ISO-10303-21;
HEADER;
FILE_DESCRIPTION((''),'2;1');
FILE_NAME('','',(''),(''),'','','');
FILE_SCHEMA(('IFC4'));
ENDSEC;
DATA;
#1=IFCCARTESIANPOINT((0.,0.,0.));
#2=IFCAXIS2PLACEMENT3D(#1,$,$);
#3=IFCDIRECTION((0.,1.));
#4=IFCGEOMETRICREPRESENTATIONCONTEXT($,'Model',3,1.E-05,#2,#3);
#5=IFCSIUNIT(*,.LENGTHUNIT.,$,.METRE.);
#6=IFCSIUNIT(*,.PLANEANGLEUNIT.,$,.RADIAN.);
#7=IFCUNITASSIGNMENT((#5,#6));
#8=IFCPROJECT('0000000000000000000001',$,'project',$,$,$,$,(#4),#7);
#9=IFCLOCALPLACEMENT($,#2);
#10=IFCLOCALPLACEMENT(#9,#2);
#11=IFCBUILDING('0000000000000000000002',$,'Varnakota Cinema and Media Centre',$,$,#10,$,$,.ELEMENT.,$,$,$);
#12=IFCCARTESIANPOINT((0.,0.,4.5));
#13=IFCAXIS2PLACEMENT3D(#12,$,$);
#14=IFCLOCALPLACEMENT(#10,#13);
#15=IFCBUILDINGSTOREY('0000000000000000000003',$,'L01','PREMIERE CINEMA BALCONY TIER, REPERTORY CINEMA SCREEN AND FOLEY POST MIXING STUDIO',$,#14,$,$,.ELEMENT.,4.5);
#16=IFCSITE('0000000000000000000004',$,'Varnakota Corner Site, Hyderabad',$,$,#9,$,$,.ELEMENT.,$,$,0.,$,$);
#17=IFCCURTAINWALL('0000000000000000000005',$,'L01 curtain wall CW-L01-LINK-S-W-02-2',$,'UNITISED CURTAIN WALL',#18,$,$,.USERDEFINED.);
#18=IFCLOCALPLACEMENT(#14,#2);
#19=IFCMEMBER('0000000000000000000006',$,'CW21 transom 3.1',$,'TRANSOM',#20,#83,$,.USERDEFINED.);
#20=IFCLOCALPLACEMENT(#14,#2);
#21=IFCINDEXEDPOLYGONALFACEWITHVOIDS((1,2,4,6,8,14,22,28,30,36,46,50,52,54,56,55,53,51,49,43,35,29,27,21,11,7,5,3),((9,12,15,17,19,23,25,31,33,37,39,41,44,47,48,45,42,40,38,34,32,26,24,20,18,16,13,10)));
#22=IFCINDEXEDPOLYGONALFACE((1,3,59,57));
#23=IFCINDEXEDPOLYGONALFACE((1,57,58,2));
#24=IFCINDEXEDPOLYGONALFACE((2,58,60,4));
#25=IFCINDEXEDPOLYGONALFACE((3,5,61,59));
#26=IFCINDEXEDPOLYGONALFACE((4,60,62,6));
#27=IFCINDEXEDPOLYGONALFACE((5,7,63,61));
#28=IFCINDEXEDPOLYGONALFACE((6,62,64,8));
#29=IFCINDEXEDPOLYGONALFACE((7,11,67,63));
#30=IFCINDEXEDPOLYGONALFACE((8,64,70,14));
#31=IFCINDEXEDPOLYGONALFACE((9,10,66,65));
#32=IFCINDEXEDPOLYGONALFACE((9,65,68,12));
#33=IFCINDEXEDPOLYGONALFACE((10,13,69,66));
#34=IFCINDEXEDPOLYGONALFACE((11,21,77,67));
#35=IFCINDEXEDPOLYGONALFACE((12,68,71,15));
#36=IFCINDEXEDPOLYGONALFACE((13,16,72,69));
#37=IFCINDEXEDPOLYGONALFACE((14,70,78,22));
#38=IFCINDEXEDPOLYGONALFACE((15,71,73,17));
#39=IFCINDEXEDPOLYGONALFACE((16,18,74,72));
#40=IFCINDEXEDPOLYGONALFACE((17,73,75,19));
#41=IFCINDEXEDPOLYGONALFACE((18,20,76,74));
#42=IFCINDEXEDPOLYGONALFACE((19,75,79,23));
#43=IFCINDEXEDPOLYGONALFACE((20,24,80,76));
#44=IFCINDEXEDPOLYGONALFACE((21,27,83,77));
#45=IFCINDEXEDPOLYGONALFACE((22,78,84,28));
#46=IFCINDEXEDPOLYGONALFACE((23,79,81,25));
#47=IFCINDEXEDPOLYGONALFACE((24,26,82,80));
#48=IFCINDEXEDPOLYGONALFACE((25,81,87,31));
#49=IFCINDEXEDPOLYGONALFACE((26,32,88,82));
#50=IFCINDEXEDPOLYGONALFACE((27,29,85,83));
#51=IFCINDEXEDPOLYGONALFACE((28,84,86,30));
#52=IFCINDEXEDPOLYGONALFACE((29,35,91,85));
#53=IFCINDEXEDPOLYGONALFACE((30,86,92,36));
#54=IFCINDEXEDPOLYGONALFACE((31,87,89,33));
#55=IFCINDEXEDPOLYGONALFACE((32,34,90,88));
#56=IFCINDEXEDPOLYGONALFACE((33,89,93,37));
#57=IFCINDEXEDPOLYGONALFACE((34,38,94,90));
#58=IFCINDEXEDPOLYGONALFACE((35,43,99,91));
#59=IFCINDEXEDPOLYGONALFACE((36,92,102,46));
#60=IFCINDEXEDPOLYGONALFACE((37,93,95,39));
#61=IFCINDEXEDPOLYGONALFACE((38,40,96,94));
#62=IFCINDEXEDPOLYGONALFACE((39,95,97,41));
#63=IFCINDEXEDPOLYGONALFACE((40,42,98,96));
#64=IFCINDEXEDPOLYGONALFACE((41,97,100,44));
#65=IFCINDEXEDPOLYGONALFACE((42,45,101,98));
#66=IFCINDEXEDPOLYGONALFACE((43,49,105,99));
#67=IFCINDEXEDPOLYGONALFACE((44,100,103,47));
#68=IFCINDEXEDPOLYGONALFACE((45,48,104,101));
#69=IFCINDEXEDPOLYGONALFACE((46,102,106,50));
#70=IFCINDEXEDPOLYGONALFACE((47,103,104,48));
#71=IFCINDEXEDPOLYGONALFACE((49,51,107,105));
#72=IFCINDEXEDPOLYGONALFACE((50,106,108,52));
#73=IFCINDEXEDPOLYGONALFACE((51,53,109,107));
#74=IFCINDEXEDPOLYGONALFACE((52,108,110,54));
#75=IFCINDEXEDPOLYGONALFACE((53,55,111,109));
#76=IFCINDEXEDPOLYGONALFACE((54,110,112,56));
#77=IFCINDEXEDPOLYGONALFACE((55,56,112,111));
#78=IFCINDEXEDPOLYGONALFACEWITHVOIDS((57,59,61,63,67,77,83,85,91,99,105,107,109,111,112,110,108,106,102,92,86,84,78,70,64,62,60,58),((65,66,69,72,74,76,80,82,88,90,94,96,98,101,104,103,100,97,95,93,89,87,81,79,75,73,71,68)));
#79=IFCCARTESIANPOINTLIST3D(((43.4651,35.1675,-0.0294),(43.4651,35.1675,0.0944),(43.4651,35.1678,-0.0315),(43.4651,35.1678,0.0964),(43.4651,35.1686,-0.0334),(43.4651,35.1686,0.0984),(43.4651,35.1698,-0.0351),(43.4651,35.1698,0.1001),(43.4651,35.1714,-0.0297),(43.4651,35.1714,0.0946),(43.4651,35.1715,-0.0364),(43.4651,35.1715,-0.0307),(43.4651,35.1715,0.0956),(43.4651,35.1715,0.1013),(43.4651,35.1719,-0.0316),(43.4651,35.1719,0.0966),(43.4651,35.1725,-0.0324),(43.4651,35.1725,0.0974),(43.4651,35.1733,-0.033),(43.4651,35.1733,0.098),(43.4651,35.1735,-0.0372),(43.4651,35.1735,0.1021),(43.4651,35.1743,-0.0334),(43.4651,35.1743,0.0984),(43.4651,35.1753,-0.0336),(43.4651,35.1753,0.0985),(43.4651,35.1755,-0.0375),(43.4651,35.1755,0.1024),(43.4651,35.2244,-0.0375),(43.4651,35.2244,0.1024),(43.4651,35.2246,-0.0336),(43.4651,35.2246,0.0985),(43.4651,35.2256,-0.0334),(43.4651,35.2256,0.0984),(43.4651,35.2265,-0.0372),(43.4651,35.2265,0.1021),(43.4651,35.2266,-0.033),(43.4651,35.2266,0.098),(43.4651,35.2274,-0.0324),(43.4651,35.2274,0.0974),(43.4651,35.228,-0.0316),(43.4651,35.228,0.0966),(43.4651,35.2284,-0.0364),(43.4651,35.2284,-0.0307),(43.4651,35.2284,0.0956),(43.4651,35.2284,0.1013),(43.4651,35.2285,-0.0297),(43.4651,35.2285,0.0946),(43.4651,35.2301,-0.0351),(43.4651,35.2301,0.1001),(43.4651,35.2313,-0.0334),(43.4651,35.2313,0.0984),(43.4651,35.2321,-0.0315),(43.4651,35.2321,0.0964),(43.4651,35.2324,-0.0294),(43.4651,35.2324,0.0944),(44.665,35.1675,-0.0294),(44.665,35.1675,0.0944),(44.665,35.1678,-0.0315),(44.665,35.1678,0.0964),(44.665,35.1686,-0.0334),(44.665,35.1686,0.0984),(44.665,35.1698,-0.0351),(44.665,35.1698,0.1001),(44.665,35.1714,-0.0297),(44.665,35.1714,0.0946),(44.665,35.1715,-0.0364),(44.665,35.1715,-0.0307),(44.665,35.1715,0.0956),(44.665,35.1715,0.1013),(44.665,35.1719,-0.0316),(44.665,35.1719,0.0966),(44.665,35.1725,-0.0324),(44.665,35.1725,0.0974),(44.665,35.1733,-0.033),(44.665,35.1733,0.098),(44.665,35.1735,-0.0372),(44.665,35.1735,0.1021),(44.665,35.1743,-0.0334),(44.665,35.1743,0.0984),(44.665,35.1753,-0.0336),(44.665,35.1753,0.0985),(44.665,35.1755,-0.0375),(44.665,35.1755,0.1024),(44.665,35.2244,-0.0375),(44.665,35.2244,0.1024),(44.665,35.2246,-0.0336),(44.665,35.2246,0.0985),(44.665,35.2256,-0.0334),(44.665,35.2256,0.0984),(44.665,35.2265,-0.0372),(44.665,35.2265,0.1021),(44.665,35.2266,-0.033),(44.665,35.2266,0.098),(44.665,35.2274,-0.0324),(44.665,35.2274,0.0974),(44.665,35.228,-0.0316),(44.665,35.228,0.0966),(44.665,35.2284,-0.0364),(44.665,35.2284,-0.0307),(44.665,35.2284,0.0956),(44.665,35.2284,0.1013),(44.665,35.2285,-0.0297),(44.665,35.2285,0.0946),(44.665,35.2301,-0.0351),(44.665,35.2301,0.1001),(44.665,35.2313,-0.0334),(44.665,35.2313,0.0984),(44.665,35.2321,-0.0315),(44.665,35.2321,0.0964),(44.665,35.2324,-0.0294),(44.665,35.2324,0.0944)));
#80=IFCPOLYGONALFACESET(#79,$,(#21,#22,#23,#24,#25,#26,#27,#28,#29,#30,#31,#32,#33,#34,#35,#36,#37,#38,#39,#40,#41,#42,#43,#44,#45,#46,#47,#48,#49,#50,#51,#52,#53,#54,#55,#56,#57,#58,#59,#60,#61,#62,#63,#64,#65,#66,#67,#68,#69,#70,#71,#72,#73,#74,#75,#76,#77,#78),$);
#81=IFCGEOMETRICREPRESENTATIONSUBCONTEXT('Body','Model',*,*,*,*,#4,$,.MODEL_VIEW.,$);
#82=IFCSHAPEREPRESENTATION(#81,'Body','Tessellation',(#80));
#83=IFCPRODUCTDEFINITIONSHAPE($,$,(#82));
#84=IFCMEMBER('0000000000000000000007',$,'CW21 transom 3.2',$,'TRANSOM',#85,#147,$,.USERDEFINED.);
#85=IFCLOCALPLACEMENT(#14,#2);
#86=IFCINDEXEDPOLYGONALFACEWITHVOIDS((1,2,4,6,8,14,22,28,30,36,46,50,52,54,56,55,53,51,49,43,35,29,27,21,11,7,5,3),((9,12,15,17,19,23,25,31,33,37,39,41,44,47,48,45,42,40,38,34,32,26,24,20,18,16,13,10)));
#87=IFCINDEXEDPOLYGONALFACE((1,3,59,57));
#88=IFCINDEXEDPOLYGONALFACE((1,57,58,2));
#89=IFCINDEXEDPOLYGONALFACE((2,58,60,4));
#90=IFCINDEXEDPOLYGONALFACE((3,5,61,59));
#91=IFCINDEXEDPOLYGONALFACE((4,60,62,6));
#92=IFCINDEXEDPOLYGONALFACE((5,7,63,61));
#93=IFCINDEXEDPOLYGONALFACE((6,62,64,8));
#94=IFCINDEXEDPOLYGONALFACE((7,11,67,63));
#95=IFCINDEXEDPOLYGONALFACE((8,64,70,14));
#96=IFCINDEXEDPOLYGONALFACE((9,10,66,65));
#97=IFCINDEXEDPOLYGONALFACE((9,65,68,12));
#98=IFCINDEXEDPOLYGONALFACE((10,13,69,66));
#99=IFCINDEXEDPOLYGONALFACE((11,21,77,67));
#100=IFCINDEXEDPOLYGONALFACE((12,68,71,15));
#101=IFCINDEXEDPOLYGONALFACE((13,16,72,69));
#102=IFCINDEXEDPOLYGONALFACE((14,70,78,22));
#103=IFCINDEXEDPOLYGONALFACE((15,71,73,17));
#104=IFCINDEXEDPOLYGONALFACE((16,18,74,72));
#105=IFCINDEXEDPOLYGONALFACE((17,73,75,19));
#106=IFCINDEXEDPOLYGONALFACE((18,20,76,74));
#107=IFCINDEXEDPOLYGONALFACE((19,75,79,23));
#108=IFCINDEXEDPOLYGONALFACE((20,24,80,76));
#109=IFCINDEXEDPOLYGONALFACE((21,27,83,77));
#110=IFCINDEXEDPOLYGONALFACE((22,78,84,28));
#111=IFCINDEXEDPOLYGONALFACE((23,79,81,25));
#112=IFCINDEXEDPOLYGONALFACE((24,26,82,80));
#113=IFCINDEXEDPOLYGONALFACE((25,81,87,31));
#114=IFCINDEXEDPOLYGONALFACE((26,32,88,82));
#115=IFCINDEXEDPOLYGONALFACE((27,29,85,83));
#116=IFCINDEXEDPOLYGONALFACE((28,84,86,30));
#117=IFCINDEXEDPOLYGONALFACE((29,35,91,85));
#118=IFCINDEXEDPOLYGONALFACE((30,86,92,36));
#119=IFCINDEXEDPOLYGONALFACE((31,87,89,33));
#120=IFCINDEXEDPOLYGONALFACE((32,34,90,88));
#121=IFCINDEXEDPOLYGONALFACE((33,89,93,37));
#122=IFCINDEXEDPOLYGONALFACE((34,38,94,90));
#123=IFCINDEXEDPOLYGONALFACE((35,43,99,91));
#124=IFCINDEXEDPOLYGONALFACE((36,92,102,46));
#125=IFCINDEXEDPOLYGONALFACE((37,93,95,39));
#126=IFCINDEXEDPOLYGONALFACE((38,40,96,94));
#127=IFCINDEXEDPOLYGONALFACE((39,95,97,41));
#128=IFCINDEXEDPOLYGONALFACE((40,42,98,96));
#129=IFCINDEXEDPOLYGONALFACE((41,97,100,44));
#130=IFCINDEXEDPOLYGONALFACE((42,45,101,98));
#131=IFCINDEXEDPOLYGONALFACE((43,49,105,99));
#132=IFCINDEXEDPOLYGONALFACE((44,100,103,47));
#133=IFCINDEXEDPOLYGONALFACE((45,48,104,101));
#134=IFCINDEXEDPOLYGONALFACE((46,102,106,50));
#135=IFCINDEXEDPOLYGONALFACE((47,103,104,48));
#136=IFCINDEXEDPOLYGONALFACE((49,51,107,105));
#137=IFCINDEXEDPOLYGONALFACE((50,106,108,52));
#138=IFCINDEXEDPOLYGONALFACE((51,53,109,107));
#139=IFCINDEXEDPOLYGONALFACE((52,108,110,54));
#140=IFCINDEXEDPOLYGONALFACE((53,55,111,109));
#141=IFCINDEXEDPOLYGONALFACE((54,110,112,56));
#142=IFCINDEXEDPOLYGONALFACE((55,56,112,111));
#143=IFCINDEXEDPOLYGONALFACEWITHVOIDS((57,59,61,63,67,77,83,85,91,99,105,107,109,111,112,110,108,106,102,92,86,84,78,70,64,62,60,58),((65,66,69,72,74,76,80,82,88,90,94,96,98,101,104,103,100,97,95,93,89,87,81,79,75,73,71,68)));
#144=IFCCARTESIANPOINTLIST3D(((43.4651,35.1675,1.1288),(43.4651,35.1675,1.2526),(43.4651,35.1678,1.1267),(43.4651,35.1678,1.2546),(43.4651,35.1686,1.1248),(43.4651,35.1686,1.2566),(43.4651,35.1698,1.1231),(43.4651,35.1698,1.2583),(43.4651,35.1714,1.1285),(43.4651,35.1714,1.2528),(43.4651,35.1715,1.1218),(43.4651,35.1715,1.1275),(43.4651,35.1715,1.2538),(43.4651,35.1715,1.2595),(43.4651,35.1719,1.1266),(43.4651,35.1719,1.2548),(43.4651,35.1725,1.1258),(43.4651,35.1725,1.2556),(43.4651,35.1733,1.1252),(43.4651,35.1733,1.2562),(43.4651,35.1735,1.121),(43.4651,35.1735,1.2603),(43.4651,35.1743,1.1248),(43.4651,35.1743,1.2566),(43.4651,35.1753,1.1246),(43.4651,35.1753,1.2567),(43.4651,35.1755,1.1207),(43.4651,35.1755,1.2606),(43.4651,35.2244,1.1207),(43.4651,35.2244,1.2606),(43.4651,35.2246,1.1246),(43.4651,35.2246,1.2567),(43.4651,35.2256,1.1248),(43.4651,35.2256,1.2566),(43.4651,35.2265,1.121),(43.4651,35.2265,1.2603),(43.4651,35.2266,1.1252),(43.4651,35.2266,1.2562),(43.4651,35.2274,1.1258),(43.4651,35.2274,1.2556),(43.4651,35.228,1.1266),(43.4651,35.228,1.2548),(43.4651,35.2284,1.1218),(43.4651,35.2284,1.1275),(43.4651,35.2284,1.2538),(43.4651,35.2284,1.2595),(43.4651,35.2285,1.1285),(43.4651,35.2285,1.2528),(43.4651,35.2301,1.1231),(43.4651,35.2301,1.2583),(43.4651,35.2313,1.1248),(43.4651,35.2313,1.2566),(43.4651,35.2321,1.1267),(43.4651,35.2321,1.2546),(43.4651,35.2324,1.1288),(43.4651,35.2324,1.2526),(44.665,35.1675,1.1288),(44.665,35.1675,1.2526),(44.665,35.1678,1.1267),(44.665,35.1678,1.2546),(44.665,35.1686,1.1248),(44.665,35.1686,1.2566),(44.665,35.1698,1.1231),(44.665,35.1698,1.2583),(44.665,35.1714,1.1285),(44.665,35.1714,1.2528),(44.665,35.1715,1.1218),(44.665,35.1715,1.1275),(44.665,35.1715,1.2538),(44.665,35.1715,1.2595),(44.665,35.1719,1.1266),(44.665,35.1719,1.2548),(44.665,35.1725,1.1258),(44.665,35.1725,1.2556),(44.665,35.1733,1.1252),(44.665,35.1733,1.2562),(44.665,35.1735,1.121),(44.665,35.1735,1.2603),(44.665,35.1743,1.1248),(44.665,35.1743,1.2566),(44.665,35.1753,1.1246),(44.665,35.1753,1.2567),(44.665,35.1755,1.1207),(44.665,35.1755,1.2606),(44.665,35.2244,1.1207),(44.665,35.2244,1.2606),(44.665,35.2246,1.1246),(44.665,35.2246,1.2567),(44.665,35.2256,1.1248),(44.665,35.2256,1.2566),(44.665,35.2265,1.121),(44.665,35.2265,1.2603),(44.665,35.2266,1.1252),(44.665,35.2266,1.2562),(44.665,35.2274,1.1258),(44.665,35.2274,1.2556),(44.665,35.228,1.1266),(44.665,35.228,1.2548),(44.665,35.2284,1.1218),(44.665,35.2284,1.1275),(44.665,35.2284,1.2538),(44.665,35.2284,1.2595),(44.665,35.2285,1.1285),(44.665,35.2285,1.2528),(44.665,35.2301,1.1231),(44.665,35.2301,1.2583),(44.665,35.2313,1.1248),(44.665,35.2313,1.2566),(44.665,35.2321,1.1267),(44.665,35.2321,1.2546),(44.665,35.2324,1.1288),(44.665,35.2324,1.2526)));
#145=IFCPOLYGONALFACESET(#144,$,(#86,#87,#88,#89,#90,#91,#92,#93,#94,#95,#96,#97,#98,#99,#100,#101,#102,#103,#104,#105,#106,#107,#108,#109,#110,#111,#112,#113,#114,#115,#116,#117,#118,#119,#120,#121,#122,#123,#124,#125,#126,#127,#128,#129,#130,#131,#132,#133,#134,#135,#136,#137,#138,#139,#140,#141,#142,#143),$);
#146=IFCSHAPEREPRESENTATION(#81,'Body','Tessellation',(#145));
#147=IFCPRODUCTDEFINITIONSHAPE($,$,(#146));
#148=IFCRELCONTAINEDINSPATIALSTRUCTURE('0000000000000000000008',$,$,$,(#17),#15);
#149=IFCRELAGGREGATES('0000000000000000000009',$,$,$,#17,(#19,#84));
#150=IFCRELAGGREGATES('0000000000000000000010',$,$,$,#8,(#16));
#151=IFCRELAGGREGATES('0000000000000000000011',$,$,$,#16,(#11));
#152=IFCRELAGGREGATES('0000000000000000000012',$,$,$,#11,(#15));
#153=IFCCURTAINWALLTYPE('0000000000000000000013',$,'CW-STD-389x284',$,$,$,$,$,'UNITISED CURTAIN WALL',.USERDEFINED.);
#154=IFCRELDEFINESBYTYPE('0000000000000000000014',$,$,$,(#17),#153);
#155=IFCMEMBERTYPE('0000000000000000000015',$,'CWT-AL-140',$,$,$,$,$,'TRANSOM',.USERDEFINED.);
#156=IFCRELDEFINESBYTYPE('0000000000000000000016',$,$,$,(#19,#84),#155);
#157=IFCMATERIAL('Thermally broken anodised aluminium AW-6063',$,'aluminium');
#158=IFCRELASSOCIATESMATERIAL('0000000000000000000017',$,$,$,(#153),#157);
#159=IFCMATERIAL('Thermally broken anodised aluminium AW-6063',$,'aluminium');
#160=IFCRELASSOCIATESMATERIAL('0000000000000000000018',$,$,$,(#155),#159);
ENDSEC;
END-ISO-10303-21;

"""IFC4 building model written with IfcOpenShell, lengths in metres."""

from ifc_helpers import new_model, si_unit, direction, frame, origin, origin_2d, place, context, subcontext, project, spatial, hollow_rectangle, extrude, material, material_profile, profile_set, type_object, element, aggregate, save


model = new_model("IFC4")

# Units and contexts
model_context = context("Model", 3, precision=1e-05, world=origin(), true_north=direction((0.0, 1.0)))
body_context = subcontext(model_context, "Body", "Model", "MODEL_VIEW")
ifc_project = project(units=[si_unit("LENGTHUNIT", "METRE"), si_unit("PLANEANGLEUNIT", "RADIAN")], contexts=[model_context])

# Site, building, storey
site_placement = place(None, origin())
site = spatial("IfcSite", under=ifc_project, at=site_placement, Name="Varnakota Corner Site, Hyderabad", CompositionType="ELEMENT", RefElevation=0.0)
building_placement = place(site_placement, origin())
building = spatial("IfcBuilding", under=site, at=building_placement, Name="Varnakota Cinema and Media Centre", CompositionType="ELEMENT")
storey_placement = place(building_placement, frame((0.0, 0.0, 4.5)))
storey = spatial("IfcBuildingStorey", under=building, at=storey_placement, Name="L01", Description="PREMIERE CINEMA BALCONY TIER, REPERTORY CINEMA SCREEN AND FOLEY POST MIXING STUDIO", CompositionType="ELEMENT", Elevation=4.5)

# Curtain wall
ifc_material_1 = material(Name="Thermally broken anodised aluminium AW-6063", Category="aluminium")
curtain_wall_type_1 = type_object("IfcCurtainWallType", Name="CW-STD-389x284", ElementType="UNITISED CURTAIN WALL", PredefinedType="USERDEFINED", material=ifc_material_1)
curtain_wall_1_placement = place(storey_placement, origin())
curtain_wall_1 = element("IfcCurtainWall", 1, at=curtain_wall_1_placement, inside=storey, type_object=curtain_wall_type_1, Name="L01 curtain wall CW-L01-LINK-S-W-02-2", ObjectType="UNITISED CURTAIN WALL", PredefinedType="USERDEFINED")

# Members
ifc_material_2 = material(Name="Thermally broken anodised aluminium AW-6063", Category="aluminium")
ifc_material_profile_1 = material_profile(ifc_material_2, hollow_rectangle(XDim=0.0649, YDim=0.1399, WallThickness=0.0039, InnerFilletRadius=0.0039, OuterFilletRadius=0.0081, at=origin_2d()), Name="AL-TRANSOM 140x65x4")
ifc_profile_set_1 = profile_set([ifc_material_profile_1], Name="Thermally broken anodised aluminium AW-6063")
member_type_1 = type_object("IfcMemberType", Name="CWT-AL-140", ElementType="TRANSOM", PredefinedType="USERDEFINED", material=ifc_profile_set_1)
member_1_placement = place(storey_placement, frame((44.665, 35.2, 0.0325), z_axis=(-1.0, 0.0, 0.0), x_axis=(0.0, -1.0, 0.0)))
member_1 = element("IfcMember", 2, at=member_1_placement, type_object=member_type_1, Name="CW21 transom 3.1", ObjectType="TRANSOM", PredefinedType="USERDEFINED", context=body_context, shape_type="SweptSolid", body=[
    extrude(hollow_rectangle(XDim=0.0649, YDim=0.1399, WallThickness=0.0039, InnerFilletRadius=0.0039, OuterFilletRadius=0.0081, at=origin_2d()), origin(), (0.0, 0.0, 1.0), 1.2),
])
member_2_placement = place(storey_placement, frame((44.665, 35.2, 1.1907), z_axis=(-1.0, 0.0, 0.0), x_axis=(0.0, -1.0, 0.0)))
member_2 = element("IfcMember", 3, at=member_2_placement, type_object=member_type_1, Name="CW21 transom 3.2", ObjectType="TRANSOM", PredefinedType="USERDEFINED", context=body_context, shape_type="SweptSolid", body=[
    extrude(hollow_rectangle(XDim=0.0649, YDim=0.1399, WallThickness=0.0039, InnerFilletRadius=0.0039, OuterFilletRadius=0.0081, at=origin_2d()), origin(), (0.0, 0.0, 1.0), 1.2),
])

aggregate(curtain_wall_1, [member_1, member_2])

save(model, "model.ifc")
